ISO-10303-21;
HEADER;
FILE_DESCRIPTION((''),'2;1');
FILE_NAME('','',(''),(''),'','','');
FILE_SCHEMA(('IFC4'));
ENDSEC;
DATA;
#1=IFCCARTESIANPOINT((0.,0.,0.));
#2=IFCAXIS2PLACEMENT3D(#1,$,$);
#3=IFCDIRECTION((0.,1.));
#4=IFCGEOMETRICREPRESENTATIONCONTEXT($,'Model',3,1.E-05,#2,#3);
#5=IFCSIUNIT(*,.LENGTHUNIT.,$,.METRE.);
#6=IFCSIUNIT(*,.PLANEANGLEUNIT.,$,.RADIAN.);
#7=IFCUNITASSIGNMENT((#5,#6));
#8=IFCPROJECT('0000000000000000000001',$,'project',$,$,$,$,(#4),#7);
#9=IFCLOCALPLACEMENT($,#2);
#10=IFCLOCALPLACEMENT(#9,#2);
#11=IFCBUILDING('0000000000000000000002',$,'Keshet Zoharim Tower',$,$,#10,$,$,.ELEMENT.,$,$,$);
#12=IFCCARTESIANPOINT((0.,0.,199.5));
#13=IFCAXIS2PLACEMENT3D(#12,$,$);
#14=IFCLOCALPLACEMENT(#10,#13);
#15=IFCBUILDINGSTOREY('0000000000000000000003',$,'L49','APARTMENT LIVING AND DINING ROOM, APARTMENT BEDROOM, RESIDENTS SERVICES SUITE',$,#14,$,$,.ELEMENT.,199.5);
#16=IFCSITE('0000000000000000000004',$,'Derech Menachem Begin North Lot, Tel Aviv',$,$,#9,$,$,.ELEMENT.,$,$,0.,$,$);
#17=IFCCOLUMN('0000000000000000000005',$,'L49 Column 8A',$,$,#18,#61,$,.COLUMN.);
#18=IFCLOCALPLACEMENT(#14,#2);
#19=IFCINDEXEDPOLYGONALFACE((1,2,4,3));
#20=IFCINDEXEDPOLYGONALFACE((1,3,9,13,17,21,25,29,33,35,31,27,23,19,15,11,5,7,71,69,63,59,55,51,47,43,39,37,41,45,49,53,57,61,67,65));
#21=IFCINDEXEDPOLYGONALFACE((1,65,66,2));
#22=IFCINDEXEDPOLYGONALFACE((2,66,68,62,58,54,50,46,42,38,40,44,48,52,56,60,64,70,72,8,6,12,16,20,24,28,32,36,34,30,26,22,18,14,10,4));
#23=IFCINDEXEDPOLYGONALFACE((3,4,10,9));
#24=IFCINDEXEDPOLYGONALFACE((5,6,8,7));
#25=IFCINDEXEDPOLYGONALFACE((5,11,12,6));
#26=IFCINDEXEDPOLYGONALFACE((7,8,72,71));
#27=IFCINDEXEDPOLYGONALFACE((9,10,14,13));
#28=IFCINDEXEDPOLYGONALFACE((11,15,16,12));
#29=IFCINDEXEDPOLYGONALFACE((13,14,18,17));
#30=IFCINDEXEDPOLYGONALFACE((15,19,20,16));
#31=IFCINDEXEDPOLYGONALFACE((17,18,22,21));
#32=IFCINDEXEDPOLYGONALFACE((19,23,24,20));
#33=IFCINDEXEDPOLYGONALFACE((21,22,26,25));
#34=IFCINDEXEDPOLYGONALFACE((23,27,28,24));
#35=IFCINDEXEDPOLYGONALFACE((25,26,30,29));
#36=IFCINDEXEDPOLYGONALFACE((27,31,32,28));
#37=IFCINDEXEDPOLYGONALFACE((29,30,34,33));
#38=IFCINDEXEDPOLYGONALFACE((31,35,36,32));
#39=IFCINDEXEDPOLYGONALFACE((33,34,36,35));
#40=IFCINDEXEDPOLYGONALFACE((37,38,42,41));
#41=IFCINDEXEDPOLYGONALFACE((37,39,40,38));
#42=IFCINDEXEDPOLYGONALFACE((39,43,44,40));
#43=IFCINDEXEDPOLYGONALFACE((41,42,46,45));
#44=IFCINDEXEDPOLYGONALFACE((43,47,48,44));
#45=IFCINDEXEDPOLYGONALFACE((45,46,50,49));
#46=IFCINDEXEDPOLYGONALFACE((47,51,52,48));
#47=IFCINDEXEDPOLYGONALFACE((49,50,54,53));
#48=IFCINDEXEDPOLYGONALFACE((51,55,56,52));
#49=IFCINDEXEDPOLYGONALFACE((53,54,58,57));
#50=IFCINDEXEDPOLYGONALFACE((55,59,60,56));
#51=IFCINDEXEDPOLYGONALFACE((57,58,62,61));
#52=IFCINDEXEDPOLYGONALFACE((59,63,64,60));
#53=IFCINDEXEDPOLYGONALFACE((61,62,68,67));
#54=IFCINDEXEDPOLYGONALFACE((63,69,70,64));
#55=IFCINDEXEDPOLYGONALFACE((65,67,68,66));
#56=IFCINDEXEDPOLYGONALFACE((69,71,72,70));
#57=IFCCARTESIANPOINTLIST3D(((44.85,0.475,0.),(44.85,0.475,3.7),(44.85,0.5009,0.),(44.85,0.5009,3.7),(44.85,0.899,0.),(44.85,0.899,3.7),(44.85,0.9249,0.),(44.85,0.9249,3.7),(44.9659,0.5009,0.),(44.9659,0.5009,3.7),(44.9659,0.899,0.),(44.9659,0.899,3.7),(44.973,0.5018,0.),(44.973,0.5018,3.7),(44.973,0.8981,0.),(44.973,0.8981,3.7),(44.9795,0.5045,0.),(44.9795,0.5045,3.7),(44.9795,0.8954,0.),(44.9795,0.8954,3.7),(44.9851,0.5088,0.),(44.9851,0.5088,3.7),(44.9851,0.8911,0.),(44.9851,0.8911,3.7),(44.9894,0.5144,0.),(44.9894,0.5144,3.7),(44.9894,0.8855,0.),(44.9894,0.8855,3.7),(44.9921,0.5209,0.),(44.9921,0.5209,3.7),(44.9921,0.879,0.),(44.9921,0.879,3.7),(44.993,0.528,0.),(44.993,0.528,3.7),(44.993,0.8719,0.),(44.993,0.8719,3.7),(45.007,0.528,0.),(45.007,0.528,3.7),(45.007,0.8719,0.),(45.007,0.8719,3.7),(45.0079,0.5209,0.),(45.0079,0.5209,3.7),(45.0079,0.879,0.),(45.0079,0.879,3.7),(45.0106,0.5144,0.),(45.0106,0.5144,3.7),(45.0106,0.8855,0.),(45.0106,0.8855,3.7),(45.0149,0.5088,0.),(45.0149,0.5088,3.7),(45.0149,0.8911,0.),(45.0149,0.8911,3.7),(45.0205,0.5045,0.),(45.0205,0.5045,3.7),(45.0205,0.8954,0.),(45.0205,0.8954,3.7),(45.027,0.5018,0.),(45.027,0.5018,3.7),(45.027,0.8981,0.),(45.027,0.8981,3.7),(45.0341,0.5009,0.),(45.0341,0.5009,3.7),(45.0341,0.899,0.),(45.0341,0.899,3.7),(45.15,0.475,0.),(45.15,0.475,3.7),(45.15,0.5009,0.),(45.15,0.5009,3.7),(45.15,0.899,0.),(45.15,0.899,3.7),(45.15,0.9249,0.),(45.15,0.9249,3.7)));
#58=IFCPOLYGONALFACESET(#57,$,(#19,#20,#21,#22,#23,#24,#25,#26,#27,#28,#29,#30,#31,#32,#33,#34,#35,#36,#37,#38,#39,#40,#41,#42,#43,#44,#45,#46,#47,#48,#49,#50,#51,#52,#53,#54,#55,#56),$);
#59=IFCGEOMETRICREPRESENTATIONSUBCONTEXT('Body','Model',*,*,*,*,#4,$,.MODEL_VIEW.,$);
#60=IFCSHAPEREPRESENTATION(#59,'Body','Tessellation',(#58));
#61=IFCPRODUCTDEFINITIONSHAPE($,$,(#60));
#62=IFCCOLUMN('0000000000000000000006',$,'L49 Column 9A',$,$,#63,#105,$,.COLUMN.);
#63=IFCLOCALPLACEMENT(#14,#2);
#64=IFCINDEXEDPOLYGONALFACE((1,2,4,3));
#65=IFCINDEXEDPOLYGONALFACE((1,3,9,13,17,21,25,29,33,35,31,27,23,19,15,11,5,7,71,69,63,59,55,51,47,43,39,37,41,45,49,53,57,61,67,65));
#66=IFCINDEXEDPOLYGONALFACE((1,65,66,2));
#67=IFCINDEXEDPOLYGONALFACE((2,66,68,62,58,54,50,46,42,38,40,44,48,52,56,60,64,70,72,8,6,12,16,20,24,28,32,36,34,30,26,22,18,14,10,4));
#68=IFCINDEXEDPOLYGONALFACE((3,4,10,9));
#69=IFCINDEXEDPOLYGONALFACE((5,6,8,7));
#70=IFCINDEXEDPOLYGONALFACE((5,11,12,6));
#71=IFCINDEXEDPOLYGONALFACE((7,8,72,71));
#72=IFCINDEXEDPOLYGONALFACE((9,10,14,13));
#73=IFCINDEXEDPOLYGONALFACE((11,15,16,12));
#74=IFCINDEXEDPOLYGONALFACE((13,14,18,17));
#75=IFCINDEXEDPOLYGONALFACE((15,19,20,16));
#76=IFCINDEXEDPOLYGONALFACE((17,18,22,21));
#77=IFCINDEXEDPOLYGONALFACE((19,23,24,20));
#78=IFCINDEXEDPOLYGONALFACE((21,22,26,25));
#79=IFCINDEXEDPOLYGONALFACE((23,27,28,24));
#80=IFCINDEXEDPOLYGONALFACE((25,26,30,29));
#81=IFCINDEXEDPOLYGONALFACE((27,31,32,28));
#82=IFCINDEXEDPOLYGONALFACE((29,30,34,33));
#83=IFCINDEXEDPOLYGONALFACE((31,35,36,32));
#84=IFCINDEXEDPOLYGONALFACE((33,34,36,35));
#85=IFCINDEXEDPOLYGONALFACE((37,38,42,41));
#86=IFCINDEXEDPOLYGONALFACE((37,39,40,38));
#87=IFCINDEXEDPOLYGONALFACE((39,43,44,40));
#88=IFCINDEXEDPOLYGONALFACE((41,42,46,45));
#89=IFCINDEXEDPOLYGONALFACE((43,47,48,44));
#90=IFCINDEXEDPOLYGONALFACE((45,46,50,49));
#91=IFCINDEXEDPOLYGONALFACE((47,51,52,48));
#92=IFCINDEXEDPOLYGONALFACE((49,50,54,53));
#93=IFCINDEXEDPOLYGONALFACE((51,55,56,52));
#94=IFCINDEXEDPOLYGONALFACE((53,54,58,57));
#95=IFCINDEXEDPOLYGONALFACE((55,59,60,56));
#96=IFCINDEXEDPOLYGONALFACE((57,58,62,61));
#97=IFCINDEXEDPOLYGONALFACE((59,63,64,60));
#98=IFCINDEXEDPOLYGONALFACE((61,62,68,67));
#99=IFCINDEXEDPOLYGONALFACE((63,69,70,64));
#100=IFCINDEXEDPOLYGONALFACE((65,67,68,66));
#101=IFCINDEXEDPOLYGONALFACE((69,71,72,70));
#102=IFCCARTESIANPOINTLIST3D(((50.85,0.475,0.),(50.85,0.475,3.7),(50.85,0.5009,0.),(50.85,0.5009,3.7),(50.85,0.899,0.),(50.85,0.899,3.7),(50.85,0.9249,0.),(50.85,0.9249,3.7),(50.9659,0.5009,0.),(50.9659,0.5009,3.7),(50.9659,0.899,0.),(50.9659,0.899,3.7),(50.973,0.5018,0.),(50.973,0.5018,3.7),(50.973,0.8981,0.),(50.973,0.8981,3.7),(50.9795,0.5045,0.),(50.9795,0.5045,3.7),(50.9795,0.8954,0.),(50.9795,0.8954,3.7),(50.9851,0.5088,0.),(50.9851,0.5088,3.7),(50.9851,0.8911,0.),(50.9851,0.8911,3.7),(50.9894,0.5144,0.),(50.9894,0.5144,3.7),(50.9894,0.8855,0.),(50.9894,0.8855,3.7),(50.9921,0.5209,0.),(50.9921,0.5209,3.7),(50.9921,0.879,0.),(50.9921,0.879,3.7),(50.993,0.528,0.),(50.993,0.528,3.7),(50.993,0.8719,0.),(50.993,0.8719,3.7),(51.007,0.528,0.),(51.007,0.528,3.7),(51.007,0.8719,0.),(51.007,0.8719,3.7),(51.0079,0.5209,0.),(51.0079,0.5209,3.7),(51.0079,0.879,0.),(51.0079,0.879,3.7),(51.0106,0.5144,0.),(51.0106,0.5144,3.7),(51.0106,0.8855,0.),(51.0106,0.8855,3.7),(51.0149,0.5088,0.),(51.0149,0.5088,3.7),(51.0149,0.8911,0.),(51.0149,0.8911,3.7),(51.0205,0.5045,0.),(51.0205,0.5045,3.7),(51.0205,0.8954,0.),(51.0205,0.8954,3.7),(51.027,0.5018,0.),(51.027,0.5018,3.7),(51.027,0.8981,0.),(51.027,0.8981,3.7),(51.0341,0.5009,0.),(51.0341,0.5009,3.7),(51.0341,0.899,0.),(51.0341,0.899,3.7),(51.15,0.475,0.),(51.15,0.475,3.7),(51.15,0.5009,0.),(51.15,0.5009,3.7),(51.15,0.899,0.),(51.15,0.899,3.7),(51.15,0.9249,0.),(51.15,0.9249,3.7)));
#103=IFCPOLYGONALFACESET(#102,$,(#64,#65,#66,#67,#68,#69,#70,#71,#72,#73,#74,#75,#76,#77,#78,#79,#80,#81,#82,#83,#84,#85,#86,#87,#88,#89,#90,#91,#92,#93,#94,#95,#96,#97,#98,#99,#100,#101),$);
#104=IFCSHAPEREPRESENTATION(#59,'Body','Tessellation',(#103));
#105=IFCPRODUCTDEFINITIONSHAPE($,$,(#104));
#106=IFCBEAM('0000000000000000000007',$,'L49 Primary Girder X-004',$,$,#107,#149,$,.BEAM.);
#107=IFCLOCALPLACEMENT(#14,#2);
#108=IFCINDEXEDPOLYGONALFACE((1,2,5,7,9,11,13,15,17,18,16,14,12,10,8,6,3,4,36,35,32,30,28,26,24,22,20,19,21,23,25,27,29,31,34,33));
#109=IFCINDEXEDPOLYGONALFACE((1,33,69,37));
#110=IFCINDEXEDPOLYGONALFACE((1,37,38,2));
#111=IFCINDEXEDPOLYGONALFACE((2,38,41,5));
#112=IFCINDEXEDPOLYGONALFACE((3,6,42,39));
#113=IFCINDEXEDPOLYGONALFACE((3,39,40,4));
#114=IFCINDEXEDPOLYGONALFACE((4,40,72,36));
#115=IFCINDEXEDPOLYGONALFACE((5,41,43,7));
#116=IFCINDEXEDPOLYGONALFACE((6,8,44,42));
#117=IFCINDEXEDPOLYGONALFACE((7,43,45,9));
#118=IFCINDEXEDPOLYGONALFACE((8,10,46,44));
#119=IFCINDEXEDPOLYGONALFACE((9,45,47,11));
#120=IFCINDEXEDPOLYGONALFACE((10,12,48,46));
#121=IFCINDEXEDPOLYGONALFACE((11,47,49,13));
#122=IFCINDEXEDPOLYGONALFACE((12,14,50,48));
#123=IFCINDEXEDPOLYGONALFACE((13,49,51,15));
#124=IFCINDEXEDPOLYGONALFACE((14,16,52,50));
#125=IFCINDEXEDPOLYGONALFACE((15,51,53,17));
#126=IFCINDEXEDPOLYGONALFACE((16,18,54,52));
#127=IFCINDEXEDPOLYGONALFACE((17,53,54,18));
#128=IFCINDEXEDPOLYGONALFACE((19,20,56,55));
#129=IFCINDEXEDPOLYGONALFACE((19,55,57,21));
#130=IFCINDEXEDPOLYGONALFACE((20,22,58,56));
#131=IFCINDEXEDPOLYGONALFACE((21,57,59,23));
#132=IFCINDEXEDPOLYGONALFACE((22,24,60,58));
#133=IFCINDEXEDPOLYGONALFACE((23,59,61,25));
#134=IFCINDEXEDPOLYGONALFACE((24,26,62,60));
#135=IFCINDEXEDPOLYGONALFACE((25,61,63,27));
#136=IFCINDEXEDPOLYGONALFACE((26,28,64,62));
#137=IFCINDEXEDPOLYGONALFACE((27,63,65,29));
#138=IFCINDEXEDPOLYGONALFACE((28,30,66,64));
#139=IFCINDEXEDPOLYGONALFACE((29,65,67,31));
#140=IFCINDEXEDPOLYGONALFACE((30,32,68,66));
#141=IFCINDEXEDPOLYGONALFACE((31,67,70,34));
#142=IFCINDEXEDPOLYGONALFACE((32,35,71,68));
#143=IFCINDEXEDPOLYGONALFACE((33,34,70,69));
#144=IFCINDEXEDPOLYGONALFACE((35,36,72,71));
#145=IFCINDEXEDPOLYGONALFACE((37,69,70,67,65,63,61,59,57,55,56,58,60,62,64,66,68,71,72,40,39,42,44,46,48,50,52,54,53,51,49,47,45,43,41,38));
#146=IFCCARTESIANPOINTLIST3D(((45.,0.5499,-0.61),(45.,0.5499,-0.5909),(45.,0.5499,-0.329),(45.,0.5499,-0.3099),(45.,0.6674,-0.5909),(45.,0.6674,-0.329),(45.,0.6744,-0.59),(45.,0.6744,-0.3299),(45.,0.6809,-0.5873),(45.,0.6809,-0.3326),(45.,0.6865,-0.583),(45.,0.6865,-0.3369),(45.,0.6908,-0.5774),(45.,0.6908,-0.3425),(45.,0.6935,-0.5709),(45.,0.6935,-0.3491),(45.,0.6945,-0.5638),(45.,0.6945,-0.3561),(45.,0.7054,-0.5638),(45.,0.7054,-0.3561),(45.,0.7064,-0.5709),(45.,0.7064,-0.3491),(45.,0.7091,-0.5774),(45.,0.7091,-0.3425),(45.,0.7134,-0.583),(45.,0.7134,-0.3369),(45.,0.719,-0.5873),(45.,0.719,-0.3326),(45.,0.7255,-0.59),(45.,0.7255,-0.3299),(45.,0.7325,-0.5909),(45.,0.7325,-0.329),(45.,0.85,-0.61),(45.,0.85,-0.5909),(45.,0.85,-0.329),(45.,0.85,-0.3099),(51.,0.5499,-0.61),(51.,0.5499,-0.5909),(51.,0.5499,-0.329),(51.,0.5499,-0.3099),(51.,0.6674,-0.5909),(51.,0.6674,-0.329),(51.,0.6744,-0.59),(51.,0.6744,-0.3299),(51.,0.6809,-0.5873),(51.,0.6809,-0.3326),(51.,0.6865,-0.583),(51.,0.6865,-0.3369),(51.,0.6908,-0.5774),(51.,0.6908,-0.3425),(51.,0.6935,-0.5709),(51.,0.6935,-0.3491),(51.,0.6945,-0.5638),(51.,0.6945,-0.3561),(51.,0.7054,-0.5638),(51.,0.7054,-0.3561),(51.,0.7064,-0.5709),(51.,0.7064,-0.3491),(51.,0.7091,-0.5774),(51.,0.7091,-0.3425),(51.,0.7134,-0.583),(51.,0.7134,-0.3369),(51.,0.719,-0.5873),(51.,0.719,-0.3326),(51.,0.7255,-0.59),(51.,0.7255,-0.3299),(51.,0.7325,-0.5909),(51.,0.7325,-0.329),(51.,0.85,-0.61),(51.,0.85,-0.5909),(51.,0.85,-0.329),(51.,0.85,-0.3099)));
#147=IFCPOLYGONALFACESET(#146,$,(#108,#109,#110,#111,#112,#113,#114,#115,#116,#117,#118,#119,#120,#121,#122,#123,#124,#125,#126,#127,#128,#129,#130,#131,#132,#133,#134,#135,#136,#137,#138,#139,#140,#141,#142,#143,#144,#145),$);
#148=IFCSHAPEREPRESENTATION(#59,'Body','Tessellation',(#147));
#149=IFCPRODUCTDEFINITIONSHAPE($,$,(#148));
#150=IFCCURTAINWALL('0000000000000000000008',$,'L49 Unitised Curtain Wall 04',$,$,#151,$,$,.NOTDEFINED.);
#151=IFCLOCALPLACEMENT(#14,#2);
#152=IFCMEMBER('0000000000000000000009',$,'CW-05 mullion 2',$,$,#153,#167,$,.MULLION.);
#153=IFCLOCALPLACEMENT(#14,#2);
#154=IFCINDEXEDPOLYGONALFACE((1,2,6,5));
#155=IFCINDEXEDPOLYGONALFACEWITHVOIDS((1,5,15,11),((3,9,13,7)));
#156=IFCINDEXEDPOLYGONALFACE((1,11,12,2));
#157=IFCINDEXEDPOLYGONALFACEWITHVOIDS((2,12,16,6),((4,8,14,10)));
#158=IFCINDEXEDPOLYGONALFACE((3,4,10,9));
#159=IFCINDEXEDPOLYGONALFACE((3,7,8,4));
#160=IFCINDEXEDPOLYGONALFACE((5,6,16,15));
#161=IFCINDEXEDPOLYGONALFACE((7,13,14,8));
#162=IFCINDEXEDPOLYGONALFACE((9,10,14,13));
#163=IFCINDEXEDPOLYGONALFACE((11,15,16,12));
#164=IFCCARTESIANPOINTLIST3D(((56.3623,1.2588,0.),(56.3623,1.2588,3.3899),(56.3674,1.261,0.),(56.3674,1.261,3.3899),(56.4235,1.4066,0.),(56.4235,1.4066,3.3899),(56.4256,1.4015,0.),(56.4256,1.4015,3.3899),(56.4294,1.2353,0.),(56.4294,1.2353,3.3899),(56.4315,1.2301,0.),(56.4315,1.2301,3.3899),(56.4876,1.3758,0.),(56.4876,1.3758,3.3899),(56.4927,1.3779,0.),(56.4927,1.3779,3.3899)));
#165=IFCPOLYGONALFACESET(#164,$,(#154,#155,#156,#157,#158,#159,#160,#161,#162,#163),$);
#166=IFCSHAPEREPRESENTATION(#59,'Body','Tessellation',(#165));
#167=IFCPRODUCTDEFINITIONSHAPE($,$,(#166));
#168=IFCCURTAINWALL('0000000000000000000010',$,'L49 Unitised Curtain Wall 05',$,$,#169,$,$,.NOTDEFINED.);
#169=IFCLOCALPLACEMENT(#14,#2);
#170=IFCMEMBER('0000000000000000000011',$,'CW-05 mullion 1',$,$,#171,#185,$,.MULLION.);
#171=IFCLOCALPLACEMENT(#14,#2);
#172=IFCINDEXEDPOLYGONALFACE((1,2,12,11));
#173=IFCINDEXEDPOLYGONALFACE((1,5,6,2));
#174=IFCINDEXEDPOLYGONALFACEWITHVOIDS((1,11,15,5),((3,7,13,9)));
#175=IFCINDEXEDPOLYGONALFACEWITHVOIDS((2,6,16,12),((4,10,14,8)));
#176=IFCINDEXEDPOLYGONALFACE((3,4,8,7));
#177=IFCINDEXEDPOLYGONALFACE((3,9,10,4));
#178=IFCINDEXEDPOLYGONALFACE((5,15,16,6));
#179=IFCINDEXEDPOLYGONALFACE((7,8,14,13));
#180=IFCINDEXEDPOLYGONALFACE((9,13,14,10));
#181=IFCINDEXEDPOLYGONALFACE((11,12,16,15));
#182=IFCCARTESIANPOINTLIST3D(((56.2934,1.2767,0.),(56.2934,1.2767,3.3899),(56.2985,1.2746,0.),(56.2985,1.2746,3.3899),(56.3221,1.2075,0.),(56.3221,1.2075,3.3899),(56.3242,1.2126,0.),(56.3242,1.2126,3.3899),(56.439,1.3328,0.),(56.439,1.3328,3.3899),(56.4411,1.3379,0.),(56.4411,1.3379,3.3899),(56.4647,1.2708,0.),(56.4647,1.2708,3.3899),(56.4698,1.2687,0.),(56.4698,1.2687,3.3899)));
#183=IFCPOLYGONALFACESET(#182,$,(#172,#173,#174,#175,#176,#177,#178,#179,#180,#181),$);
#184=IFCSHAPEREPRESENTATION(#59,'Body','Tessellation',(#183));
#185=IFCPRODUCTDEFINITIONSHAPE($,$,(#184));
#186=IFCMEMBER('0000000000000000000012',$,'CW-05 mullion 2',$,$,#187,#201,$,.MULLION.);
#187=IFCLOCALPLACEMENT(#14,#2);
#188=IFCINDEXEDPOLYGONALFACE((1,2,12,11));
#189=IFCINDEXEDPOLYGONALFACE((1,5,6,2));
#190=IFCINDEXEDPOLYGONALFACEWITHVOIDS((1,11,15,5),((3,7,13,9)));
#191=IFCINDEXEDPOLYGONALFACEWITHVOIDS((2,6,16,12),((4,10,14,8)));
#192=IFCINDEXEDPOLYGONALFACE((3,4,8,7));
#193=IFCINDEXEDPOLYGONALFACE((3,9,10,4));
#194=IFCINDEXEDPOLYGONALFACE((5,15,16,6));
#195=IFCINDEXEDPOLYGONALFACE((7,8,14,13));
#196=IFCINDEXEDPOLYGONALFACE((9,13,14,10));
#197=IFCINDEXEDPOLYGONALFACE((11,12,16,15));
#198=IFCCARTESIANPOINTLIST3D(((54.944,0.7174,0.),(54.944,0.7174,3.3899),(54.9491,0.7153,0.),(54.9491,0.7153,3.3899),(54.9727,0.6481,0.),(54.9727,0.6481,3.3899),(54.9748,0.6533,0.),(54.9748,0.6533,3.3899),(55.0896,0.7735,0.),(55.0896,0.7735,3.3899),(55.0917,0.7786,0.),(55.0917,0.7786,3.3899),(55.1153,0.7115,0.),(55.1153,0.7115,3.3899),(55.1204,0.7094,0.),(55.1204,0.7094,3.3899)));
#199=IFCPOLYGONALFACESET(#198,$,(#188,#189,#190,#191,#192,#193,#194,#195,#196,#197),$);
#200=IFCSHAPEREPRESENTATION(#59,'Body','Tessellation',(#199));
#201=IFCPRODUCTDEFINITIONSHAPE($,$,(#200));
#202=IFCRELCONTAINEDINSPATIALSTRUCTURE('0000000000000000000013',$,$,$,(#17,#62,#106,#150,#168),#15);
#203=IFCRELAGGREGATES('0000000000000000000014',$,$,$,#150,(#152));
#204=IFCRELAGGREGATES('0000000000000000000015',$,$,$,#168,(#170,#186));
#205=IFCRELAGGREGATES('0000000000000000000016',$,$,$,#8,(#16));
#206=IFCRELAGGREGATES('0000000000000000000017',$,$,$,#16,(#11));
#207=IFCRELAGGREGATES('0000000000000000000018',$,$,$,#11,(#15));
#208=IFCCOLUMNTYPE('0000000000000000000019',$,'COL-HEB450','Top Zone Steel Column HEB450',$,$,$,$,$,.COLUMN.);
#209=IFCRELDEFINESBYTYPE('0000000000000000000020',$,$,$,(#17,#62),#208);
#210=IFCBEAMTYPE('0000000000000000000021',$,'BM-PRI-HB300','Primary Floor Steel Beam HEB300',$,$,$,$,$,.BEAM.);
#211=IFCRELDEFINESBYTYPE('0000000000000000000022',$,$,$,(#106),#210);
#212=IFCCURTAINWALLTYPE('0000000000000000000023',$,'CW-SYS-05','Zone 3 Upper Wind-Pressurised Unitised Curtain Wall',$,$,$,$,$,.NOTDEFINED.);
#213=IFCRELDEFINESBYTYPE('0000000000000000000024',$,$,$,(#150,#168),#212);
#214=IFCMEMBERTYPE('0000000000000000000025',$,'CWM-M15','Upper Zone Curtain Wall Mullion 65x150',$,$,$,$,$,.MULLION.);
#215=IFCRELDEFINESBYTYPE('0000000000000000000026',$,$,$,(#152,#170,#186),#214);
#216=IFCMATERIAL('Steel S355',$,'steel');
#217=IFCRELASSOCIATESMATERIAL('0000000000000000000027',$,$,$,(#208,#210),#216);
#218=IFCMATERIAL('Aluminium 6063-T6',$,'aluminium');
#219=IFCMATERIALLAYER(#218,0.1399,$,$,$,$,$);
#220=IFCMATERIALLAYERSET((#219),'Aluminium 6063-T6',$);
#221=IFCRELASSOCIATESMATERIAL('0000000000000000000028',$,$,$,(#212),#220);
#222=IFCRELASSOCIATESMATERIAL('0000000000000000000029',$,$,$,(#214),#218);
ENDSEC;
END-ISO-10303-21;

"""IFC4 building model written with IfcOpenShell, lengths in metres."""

from ifc_helpers import new_model, si_unit, direction, frame, origin, origin_2d, place, context, subcontext, project, spatial, hollow_rectangle, i_section, extrude, material, layer, layer_set, material_profile, profile_set, type_object, element, aggregate, save


model = new_model("IFC4")

# Units and contexts
model_context = context("Model", 3, precision=1e-05, world=origin(), true_north=direction((0.0, 1.0)))
body_context = subcontext(model_context, "Body", "Model", "MODEL_VIEW")
ifc_project = project(units=[si_unit("LENGTHUNIT", "METRE"), si_unit("PLANEANGLEUNIT", "RADIAN")], contexts=[model_context])

# Site, building, storey
site_placement = place(None, origin())
site = spatial("IfcSite", under=ifc_project, at=site_placement, Name="Derech Menachem Begin North Lot, Tel Aviv", CompositionType="ELEMENT", RefElevation=0.0)
building_placement = place(site_placement, origin())
building = spatial("IfcBuilding", under=site, at=building_placement, Name="Keshet Zoharim Tower", CompositionType="ELEMENT")
storey_placement = place(building_placement, frame((0.0, 0.0, 199.5)))
storey = spatial("IfcBuildingStorey", under=building, at=storey_placement, Name="L49", Description="APARTMENT LIVING AND DINING ROOM, APARTMENT BEDROOM, RESIDENTS SERVICES SUITE", CompositionType="ELEMENT", Elevation=199.5)

# Columns
ifc_material_1 = material(Name="Steel S355", Category="steel")
ifc_material_profile_1 = material_profile(ifc_material_1, i_section(OverallWidth=0.3, OverallDepth=0.45, WebThickness=0.0139, FlangeThickness=0.0259, FilletRadius=0.0271, at=origin_2d()), Name="HEB450")
ifc_profile_set_1 = profile_set([ifc_material_profile_1], Name="Steel S355")
column_type = type_object("IfcColumnType", Name="COL-HEB450", Description="Top Zone Steel Column HEB450", PredefinedType="COLUMN", material=ifc_profile_set_1)
for number, where, z_axis, x_axis, name in (
    (1, (45.0, 0.7, 0.0), (0.0, 0.0, 1.0), (1.0, 0.0, 0.0), "L49 Column 8A"),
    (2, (51.0, 0.7, 0.0), (0.0, 0.0, 1.0), (1.0, 0.0, 0.0), "L49 Column 9A"),
):
    element("IfcColumn", number, at=place(storey_placement, frame(where, z_axis=z_axis, x_axis=x_axis)), inside=storey, type_object=column_type, Name=name, PredefinedType="COLUMN", context=body_context, shape_type="SweptSolid", body=[
        extrude(i_section(OverallWidth=0.3, OverallDepth=0.45, WebThickness=0.0139, FlangeThickness=0.0259, FilletRadius=0.0271, at=origin_2d()), origin(), (0.0, 0.0, 1.0), 3.7),
    ])

# Beam
ifc_material_profile_2 = material_profile(ifc_material_1, i_section(OverallWidth=0.3, OverallDepth=0.3, WebThickness=0.011, FlangeThickness=0.019, FilletRadius=0.0271, at=origin_2d()), Name="HEB300")
ifc_profile_set_2 = profile_set([ifc_material_profile_2], Name="Steel S355")
beam_type = type_object("IfcBeamType", Name="BM-PRI-HB300", Description="Primary Floor Steel Beam HEB300", PredefinedType="BEAM", material=ifc_profile_set_2)
beam_placement = place(storey_placement, frame((45.0, 0.7, -0.46), z_axis=(1.0, 0.0, 0.0), x_axis=(0.0, 1.0, 0.0)))
element("IfcBeam", 3, at=beam_placement, inside=storey, type_object=beam_type, Name="L49 Primary Girder X-004", PredefinedType="BEAM", context=body_context, shape_type="SweptSolid", body=[
    extrude(i_section(OverallWidth=0.3, OverallDepth=0.3, WebThickness=0.011, FlangeThickness=0.019, FilletRadius=0.0271, at=origin_2d()), origin(), (0.0, 0.0, 1.0), 6.0),
])

# Curtain wall, member
ifc_material_2 = material(Name="Aluminium 6063-T6", Category="aluminium")
ifc_layer_1 = layer(ifc_material_2, 0.1399)
ifc_layer_set_1 = layer_set([ifc_layer_1], Name="Aluminium 6063-T6")
curtain_wall_type = type_object("IfcCurtainWallType", Name="CW-SYS-05", Description="Zone 3 Upper Wind-Pressurised Unitised Curtain Wall", PredefinedType="NOTDEFINED", material=ifc_layer_set_1)
curtain_wall_1_placement = place(storey_placement, origin())
curtain_wall_1 = element("IfcCurtainWall", 4, at=curtain_wall_1_placement, inside=storey, type_object=curtain_wall_type, Name="L49 Unitised Curtain Wall 04", PredefinedType="NOTDEFINED")
ifc_material_profile_3 = material_profile(ifc_material_2, hollow_rectangle(XDim=0.075, YDim=0.1599, WallThickness=0.0039, at=origin_2d()), Name="MUL-75x160")
ifc_profile_set_3 = profile_set([ifc_material_profile_3], Name="Aluminium 6063-T6")
member_type_1 = type_object("IfcMemberType", Name="CWM-M15", Description="Upper Zone Curtain Wall Mullion 65x150", PredefinedType="MULLION", material=ifc_profile_set_3)
member_1_placement = place(storey_placement, frame((56.4275, 1.3184, 0.0), z_axis=(0.0, 0.0, 1.0), x_axis=(0.92381, -0.382852, 0.0)))
member_1 = element("IfcMember", 5, at=member_1_placement, type_object=member_type_1, Name="CW-05 mullion 2", PredefinedType="MULLION", context=body_context, shape_type="SweptSolid", body=[
    extrude(hollow_rectangle(XDim=0.075, YDim=0.1599, WallThickness=0.0039, at=origin_2d()), origin(), (0.0, 0.0, 1.0), 3.3899),
])

# Curtain wall, members
curtain_wall_2_placement = place(storey_placement, origin())
curtain_wall_2 = element("IfcCurtainWall", 6, at=curtain_wall_2_placement, inside=storey, type_object=curtain_wall_type, Name="L49 Unitised Curtain Wall 05", PredefinedType="NOTDEFINED")
member_2_placement = place(storey_placement, frame((56.3816, 1.2727, 0.0), z_axis=(0.0, 0.0, 1.0), x_axis=(0.382852, -0.92381, 0.0)))
member_2 = element("IfcMember", 7, at=member_2_placement, type_object=member_type_1, Name="CW-05 mullion 1", PredefinedType="MULLION", context=body_context, shape_type="SweptSolid", body=[
    extrude(hollow_rectangle(XDim=0.075, YDim=0.1599, WallThickness=0.0039, at=origin_2d()), origin(), (0.0, 0.0, 1.0), 3.3899),
])
member_3_placement = place(storey_placement, frame((55.0322, 0.7134, 0.0), z_axis=(0.0, 0.0, 1.0), x_axis=(0.382852, -0.92381, 0.0)))
member_3 = element("IfcMember", 8, at=member_3_placement, type_object=member_type_1, Name="CW-05 mullion 2", PredefinedType="MULLION", context=body_context, shape_type="SweptSolid", body=[
    extrude(hollow_rectangle(XDim=0.075, YDim=0.1599, WallThickness=0.0039, at=origin_2d()), origin(), (0.0, 0.0, 1.0), 3.3899),
])

aggregate(curtain_wall_1, [member_1])
aggregate(curtain_wall_2, [member_2, member_3])

save(model, "model.ifc")
